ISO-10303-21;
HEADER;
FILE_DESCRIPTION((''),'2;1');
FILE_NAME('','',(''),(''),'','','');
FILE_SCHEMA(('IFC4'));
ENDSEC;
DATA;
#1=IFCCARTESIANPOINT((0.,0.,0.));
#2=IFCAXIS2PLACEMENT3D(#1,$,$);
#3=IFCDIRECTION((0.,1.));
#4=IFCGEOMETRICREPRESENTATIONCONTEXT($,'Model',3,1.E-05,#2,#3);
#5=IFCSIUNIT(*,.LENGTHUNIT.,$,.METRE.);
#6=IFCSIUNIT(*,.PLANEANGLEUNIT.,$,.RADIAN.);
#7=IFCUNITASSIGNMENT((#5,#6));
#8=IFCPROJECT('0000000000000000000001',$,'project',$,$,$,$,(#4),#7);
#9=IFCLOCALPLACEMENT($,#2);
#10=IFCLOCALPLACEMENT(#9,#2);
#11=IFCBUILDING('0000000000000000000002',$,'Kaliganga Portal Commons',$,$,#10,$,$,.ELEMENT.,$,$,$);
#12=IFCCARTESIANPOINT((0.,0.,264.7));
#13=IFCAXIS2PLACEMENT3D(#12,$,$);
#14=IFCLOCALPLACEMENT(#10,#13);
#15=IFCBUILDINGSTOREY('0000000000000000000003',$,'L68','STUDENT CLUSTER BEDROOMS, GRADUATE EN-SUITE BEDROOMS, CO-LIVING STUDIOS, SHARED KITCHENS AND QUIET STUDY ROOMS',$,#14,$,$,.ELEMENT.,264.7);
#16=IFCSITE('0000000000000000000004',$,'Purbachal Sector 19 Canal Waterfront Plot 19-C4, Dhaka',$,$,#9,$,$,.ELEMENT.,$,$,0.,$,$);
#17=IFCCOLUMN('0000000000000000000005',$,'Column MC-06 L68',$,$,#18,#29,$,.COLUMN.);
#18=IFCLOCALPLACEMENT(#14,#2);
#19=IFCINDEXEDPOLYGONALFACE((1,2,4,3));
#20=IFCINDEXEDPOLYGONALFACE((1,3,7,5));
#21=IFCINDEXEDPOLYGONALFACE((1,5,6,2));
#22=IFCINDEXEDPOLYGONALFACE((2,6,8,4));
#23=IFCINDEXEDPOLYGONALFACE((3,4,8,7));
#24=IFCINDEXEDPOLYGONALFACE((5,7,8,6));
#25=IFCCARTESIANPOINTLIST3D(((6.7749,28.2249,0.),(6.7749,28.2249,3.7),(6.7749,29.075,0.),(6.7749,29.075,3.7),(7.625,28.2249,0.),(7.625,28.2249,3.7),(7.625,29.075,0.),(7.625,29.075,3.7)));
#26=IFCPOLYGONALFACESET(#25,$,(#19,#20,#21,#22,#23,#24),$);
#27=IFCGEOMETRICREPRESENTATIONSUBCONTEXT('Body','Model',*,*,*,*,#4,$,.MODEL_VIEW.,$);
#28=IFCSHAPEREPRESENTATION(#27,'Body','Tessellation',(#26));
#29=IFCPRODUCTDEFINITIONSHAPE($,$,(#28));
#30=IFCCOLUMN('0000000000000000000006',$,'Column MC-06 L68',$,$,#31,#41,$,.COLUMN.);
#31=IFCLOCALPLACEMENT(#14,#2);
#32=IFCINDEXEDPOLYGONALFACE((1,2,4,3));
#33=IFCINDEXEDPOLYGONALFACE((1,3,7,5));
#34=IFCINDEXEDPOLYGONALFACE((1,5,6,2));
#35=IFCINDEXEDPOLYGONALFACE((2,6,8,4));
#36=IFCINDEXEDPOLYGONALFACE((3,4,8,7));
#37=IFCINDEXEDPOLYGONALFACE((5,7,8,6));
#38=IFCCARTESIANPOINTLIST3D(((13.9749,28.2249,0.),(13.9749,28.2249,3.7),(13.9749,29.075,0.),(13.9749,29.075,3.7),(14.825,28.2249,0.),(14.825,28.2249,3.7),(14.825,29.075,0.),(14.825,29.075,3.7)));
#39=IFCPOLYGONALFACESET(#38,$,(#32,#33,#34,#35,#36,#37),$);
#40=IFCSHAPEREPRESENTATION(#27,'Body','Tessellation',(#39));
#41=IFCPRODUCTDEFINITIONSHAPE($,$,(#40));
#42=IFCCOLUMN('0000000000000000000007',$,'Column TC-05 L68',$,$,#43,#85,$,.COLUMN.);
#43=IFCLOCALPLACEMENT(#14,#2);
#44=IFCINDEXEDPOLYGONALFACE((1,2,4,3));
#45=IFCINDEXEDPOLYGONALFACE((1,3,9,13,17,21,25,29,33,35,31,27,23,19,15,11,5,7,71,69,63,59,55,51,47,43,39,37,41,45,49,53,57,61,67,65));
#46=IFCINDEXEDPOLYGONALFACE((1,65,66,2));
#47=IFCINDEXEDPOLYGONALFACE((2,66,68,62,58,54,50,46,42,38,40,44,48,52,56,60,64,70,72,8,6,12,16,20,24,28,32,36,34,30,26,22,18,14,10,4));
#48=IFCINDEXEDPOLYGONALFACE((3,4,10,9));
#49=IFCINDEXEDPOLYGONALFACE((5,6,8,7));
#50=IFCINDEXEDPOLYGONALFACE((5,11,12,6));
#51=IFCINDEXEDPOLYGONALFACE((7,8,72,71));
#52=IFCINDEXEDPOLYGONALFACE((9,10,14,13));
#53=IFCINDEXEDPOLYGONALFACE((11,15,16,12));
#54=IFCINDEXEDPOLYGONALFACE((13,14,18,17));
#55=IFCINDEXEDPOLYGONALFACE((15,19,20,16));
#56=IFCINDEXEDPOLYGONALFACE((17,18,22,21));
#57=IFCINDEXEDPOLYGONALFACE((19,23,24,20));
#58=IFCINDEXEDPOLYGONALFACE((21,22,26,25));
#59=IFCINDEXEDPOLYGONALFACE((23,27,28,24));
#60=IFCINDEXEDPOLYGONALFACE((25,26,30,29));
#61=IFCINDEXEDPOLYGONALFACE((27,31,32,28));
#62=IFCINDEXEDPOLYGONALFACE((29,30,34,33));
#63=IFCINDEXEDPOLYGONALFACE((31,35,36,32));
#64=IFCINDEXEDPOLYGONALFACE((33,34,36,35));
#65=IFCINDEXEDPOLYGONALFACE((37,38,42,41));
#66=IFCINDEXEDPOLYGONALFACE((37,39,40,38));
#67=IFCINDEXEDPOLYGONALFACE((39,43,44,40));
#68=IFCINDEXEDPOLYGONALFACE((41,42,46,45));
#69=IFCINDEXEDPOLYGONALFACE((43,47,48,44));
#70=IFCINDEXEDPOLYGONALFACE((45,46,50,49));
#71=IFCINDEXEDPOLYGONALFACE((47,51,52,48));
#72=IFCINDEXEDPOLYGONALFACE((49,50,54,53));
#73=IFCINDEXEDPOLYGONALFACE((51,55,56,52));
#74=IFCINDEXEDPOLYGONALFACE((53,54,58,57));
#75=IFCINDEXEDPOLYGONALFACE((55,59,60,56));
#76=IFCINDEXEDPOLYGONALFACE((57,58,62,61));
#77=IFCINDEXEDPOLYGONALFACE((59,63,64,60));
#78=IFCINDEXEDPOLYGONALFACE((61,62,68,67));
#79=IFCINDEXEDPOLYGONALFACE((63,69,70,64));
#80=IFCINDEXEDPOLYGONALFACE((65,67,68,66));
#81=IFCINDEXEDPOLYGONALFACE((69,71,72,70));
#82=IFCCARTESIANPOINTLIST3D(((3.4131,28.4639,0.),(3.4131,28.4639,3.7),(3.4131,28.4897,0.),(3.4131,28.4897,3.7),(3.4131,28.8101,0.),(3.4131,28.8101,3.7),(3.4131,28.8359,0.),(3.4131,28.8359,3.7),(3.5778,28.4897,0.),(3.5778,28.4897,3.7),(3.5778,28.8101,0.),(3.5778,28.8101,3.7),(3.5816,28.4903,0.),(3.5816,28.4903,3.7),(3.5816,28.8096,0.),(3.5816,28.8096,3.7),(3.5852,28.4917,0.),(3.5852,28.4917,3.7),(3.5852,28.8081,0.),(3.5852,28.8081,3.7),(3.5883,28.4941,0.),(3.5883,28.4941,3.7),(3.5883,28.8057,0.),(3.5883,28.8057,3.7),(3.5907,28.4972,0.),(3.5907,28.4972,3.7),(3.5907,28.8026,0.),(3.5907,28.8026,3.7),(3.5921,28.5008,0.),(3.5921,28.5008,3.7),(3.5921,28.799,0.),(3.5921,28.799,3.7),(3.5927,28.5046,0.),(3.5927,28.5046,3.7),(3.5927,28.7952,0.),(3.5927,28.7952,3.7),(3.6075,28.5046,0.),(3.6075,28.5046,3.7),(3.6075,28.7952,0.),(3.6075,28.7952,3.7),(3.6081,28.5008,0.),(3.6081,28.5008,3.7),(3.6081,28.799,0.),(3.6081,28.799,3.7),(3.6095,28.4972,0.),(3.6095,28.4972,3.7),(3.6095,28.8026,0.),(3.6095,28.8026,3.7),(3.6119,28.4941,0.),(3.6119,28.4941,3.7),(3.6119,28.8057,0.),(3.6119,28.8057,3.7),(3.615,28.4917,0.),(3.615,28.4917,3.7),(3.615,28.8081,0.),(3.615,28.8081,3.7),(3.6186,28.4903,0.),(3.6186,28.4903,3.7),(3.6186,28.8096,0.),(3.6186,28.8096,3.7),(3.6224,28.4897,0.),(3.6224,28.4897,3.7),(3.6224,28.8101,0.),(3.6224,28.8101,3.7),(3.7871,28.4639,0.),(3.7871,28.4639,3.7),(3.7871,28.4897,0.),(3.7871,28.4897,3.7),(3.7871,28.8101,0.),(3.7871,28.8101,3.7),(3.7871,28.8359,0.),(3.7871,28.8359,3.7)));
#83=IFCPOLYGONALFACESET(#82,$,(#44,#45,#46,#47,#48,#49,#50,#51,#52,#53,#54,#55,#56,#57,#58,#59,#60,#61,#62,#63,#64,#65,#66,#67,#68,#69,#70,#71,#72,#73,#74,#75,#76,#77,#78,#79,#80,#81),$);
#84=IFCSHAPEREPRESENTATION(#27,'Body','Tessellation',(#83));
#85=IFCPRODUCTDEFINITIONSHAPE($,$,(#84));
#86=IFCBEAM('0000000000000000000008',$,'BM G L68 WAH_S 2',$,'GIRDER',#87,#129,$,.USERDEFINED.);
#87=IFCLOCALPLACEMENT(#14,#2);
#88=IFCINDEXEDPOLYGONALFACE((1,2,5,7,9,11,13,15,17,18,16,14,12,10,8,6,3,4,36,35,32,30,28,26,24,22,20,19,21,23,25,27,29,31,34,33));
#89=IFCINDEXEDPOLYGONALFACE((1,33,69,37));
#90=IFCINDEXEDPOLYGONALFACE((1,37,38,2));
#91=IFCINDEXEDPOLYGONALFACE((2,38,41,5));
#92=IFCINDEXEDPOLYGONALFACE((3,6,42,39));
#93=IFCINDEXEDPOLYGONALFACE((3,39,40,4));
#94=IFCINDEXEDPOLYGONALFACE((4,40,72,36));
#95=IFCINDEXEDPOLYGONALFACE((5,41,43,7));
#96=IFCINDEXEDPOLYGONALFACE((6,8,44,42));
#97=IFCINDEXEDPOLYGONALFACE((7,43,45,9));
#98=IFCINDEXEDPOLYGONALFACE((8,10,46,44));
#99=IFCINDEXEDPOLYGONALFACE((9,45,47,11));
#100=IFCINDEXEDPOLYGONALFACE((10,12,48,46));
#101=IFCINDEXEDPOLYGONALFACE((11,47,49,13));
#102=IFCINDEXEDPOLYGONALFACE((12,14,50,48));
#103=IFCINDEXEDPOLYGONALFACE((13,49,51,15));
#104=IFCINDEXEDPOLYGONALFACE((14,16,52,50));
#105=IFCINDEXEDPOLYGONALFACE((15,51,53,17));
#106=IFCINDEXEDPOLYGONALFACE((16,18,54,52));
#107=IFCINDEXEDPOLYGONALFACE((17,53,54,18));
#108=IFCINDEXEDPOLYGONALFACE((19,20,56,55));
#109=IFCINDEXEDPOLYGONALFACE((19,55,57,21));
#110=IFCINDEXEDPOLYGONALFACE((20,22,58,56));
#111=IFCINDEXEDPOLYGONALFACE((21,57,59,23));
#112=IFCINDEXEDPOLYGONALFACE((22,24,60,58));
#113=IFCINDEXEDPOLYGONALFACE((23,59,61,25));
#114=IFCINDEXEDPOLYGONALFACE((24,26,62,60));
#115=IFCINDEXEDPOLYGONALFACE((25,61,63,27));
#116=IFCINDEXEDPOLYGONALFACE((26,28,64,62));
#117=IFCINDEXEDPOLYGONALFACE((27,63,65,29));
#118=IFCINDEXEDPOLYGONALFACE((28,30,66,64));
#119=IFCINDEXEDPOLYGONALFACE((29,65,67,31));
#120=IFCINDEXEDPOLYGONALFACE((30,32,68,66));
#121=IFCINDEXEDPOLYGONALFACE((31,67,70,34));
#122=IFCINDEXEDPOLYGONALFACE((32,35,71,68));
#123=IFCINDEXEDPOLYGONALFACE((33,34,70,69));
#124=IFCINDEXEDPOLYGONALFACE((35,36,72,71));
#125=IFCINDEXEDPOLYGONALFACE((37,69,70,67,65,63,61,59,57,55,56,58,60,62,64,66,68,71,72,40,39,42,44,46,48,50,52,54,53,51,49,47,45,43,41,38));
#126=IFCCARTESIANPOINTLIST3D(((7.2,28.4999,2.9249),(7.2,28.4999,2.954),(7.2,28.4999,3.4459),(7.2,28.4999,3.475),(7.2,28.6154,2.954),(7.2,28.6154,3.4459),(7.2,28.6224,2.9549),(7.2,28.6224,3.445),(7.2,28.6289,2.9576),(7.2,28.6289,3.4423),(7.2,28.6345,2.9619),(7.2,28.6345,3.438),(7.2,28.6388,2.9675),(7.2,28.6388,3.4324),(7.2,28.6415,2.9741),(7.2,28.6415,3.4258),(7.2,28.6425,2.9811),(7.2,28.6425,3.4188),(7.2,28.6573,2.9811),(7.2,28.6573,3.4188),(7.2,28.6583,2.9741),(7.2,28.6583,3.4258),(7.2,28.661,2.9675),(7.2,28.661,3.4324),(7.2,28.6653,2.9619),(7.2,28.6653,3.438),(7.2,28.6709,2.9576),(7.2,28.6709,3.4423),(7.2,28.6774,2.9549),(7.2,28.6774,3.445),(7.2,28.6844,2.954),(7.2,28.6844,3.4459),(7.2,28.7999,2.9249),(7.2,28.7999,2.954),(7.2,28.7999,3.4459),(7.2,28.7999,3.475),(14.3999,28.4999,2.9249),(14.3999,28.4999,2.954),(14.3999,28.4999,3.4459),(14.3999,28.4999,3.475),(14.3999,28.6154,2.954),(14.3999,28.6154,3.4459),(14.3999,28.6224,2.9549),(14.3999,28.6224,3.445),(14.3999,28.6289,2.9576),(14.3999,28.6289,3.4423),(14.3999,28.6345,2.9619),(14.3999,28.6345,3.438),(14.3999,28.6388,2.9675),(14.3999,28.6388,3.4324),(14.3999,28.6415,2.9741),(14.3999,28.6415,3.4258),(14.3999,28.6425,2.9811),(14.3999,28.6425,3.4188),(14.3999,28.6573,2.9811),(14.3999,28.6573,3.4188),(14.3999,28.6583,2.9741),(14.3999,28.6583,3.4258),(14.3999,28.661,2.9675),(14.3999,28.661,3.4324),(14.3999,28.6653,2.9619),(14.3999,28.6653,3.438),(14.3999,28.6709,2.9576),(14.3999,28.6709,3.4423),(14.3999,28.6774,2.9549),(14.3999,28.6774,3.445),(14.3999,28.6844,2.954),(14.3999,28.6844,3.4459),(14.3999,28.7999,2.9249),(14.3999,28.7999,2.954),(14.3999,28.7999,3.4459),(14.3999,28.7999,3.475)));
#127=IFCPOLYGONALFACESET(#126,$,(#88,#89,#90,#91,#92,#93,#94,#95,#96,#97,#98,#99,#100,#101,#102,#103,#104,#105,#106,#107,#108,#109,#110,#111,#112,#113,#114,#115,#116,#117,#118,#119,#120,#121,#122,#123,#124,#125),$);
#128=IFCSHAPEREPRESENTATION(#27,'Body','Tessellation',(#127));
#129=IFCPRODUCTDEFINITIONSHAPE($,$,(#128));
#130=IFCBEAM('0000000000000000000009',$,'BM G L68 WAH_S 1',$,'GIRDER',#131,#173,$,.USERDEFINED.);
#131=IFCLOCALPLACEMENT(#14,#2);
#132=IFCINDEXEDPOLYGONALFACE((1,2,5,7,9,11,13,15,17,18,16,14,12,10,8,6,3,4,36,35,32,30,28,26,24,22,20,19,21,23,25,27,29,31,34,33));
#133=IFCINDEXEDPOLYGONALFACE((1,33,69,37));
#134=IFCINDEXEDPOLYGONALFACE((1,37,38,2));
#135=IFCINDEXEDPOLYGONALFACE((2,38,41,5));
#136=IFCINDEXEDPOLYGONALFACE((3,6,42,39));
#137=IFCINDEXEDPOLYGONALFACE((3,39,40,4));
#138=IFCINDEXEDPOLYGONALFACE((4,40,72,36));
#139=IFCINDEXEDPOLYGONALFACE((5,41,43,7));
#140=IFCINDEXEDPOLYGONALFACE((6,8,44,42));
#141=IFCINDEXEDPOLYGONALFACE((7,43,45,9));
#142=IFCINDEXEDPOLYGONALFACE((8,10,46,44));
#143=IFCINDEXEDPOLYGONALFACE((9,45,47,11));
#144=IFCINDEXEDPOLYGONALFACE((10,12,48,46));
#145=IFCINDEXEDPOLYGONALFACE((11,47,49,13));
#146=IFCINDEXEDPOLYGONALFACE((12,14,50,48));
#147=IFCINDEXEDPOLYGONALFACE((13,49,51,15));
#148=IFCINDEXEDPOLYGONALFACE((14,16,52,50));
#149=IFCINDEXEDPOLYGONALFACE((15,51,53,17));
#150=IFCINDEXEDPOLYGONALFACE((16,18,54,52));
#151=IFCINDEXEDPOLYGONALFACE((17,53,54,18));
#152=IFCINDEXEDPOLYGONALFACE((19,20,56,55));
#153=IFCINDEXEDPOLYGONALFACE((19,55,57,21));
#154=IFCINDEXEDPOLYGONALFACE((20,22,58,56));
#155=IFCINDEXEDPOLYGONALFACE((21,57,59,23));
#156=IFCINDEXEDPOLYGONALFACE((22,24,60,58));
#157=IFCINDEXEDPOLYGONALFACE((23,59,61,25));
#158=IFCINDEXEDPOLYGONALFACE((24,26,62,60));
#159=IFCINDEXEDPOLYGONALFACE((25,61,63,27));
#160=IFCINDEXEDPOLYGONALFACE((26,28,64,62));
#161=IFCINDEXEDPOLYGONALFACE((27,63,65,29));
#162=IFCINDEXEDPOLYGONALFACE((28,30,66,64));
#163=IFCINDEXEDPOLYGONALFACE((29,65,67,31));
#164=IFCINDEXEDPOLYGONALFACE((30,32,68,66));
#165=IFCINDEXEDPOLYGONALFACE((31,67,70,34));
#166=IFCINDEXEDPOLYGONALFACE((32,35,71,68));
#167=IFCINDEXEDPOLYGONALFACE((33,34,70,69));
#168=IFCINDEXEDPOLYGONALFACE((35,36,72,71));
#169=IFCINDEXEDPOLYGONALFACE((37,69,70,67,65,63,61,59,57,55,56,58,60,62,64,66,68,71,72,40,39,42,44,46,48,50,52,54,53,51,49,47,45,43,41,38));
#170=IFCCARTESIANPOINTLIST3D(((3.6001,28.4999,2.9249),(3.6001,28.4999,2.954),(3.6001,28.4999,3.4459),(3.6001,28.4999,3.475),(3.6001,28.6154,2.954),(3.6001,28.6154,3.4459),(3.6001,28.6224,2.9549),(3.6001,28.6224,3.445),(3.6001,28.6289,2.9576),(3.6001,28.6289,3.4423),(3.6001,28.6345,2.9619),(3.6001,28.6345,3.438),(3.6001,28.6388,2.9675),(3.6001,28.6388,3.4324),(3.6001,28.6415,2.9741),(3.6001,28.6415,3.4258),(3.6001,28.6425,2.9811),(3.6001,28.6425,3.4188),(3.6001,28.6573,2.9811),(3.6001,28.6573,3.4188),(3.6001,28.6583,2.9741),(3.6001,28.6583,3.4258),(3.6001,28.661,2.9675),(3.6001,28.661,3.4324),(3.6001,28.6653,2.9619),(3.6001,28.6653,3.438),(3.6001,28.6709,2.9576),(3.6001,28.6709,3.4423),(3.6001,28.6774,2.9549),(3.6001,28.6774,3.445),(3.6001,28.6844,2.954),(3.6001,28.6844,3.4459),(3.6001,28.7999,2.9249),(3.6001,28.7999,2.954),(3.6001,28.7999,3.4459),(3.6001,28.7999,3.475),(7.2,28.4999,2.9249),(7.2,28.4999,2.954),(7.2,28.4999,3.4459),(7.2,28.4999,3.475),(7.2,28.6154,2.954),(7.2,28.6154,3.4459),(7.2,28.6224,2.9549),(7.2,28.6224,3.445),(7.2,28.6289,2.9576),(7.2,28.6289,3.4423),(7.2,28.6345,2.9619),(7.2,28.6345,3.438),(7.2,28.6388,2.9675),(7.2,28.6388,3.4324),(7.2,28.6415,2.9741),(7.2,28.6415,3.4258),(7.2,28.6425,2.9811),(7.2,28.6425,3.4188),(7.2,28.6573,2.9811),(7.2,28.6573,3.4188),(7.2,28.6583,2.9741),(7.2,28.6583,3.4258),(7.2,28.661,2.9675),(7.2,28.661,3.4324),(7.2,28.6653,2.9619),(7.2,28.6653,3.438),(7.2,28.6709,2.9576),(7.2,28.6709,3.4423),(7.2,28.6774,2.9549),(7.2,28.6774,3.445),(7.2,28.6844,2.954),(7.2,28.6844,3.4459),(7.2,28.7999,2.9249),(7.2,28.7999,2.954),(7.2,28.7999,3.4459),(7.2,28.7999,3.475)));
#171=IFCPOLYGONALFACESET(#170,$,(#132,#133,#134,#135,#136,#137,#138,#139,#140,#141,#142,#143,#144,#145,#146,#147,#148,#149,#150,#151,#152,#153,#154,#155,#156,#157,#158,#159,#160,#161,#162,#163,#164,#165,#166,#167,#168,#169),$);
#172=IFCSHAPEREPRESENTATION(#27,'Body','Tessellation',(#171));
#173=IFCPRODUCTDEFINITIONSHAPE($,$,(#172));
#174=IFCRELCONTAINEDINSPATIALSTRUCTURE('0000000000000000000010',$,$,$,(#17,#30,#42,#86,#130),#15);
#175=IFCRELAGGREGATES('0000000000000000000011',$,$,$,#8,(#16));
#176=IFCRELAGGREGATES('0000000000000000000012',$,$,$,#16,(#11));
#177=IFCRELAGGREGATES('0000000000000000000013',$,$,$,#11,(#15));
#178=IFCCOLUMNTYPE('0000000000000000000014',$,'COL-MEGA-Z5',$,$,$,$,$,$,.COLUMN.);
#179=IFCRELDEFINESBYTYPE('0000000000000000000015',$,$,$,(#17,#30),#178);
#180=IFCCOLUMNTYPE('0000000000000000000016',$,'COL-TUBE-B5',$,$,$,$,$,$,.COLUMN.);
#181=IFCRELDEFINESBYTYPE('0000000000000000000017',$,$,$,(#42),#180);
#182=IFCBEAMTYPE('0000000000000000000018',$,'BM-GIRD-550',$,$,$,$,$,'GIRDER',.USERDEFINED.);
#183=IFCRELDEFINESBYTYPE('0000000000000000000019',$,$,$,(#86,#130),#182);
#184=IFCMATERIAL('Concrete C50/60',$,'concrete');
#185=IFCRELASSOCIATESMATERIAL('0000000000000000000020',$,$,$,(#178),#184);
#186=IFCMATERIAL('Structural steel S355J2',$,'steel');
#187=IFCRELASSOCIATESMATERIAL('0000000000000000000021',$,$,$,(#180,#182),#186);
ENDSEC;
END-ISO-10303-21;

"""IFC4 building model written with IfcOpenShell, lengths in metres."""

from ifc_helpers import new_model, si_unit, direction, frame, origin, origin_2d, place, context, subcontext, project, spatial, rectangle, i_section, extrude, source, transform, mapped, material, material_profile, profile_set, type_object, element, save


model = new_model("IFC4")

# Units and contexts
model_context = context("Model", 3, precision=1e-05, world=origin(), true_north=direction((0.0, 1.0)))
body_context = subcontext(model_context, "Body", "Model", "MODEL_VIEW")
ifc_project = project(units=[si_unit("LENGTHUNIT", "METRE"), si_unit("PLANEANGLEUNIT", "RADIAN")], contexts=[model_context])

# Site, building, storey
site_placement = place(None, origin())
site = spatial("IfcSite", under=ifc_project, at=site_placement, Name="Purbachal Sector 19 Canal Waterfront Plot 19-C4, Dhaka", CompositionType="ELEMENT", RefElevation=0.0)
building_placement = place(site_placement, origin())
building = spatial("IfcBuilding", under=site, at=building_placement, Name="Kaliganga Portal Commons", CompositionType="ELEMENT")
storey_placement = place(building_placement, frame((0.0, 0.0, 264.7)))
storey = spatial("IfcBuildingStorey", under=building, at=storey_placement, Name="L68", Description="STUDENT CLUSTER BEDROOMS, GRADUATE EN-SUITE BEDROOMS, CO-LIVING STUDIOS, SHARED KITCHENS AND QUIET STUDY ROOMS", CompositionType="ELEMENT", Elevation=264.7)

# Columns
ifc_material_1 = material(Name="Concrete C50/60", Category="concrete")
ifc_material_profile_1 = material_profile(ifc_material_1, rectangle(XDim=0.8501, YDim=0.8501, at=origin_2d()), Name="RC 850x850")
ifc_profile_set_1 = profile_set([ifc_material_profile_1], Name="Concrete C50/60")
column_type_1 = type_object("IfcColumnType", Name="COL-MEGA-Z5", PredefinedType="COLUMN", material=ifc_profile_set_1)
shared_shape_1 = source(origin(), body_context, "Body", "SweptSolid", [
    extrude(rectangle(XDim=0.8501, YDim=0.8501, at=origin_2d()), origin(), (0.0, 0.0, 1.0), 3.7),
])
for number, where, z_axis, x_axis, name in (
    (1, (7.2, 28.6499, 0.0), (0.0, 0.0, 1.0), (1.0, 0.0, 0.0), "Column MC-06 L68"),
    (2, (14.3999, 28.6499, 0.0), (0.0, 0.0, 1.0), (1.0, 0.0, 0.0), "Column MC-06 L68"),
):
    element("IfcColumn", number, at=place(storey_placement, frame(where, z_axis=z_axis, x_axis=x_axis)), inside=storey, type_object=column_type_1, Name=name, PredefinedType="COLUMN", context=body_context, shape_type="MappedRepresentation", body=[
        mapped(shared_shape_1, transform((0.0, 0.0, 0.0), x_axis=(1.0, 0.0, 0.0), y_axis=(0.0, 1.0, 0.0), z_axis=(0.0, 0.0, 1.0), scale=1.0)),
    ])
ifc_material_2 = material(Name="Structural steel S355J2", Category="steel")
ifc_material_profile_2 = material_profile(ifc_material_2, i_section(OverallWidth=0.374, OverallDepth=0.3721, WebThickness=0.0149, FlangeThickness=0.0259, FilletRadius=0.0149, at=origin_2d()), Name="HD 360x196")
ifc_profile_set_2 = profile_set([ifc_material_profile_2], Name="Structural steel S355J2 wide-flange")
column_type_2 = type_object("IfcColumnType", Name="COL-TUBE-B5", PredefinedType="COLUMN", material=ifc_profile_set_2)
shared_shape_2 = source(origin(), body_context, "Body", "SweptSolid", [
    extrude(i_section(OverallWidth=0.374, OverallDepth=0.3721, WebThickness=0.0149, FlangeThickness=0.0259, FilletRadius=0.0149, at=origin_2d()), origin(), (0.0, 0.0, 1.0), 3.7),
])
column_placement = place(storey_placement, frame((3.6001, 28.6499, 0.0), z_axis=(0.0, 0.0, 1.0), x_axis=(1.0, 0.0, 0.0)))
element("IfcColumn", 3, at=column_placement, inside=storey, type_object=column_type_2, Name="Column TC-05 L68", PredefinedType="COLUMN", context=body_context, shape_type="MappedRepresentation", body=[
    mapped(shared_shape_2, transform((0.0, 0.0, 0.0), x_axis=(1.0, 0.0, 0.0), y_axis=(0.0, 1.0, 0.0), z_axis=(0.0, 0.0, 1.0), scale=1.0)),
])

# Beams
ifc_material_profile_3 = material_profile(ifc_material_2, i_section(OverallWidth=0.3, OverallDepth=0.55, WebThickness=0.0149, FlangeThickness=0.0291, FilletRadius=0.0271, at=origin_2d()), Name="HE 550 B")
ifc_profile_set_3 = profile_set([ifc_material_profile_3], Name="Structural steel S355J2 wide-flange")
beam_type_1 = type_object("IfcBeamType", Name="BM-GIRD-550", ElementType="GIRDER", PredefinedType="USERDEFINED", material=ifc_profile_set_3)
shared_shape_3 = source(origin(), body_context, "Body", "SweptSolid", [
    extrude(i_section(OverallWidth=0.3, OverallDepth=0.55, WebThickness=0.0149, FlangeThickness=0.0291, FilletRadius=0.0271, at=origin_2d()), origin(), (0.0, 0.0, 1.0), 7.2),
])
beam_1_placement = place(storey_placement, frame((7.2, 28.6499, 3.2), z_axis=(1.0, 0.0, 0.0), x_axis=(0.0, 1.0, 0.0)))
element("IfcBeam", 4, at=beam_1_placement, inside=storey, type_object=beam_type_1, Name="BM G L68 WAH_S 2", ObjectType="GIRDER", PredefinedType="USERDEFINED", context=body_context, shape_type="MappedRepresentation", body=[
    mapped(shared_shape_3, transform((0.0, 0.0, 0.0), x_axis=(1.0, 0.0, 0.0), y_axis=(0.0, 1.0, 0.0), z_axis=(0.0, 0.0, 1.0), scale=1.0)),
])
shared_shape_4 = source(origin(), body_context, "Body", "SweptSolid", [
    extrude(i_section(OverallWidth=0.3, OverallDepth=0.55, WebThickness=0.0149, FlangeThickness=0.0291, FilletRadius=0.0271, at=origin_2d()), origin(), (0.0, 0.0, 1.0), 3.5999),
])
beam_2_placement = place(storey_placement, frame((3.6001, 28.6499, 3.2), z_axis=(1.0, 0.0, 0.0), x_axis=(0.0, 1.0, 0.0)))
element("IfcBeam", 5, at=beam_2_placement, inside=storey, type_object=beam_type_1, Name="BM G L68 WAH_S 1", ObjectType="GIRDER", PredefinedType="USERDEFINED", context=body_context, shape_type="MappedRepresentation", body=[
    mapped(shared_shape_4, transform((0.0, 0.0, 0.0), x_axis=(1.0, 0.0, 0.0), y_axis=(0.0, 1.0, 0.0), z_axis=(0.0, 0.0, 1.0), scale=1.0)),
])

save(model, "model.ifc")
